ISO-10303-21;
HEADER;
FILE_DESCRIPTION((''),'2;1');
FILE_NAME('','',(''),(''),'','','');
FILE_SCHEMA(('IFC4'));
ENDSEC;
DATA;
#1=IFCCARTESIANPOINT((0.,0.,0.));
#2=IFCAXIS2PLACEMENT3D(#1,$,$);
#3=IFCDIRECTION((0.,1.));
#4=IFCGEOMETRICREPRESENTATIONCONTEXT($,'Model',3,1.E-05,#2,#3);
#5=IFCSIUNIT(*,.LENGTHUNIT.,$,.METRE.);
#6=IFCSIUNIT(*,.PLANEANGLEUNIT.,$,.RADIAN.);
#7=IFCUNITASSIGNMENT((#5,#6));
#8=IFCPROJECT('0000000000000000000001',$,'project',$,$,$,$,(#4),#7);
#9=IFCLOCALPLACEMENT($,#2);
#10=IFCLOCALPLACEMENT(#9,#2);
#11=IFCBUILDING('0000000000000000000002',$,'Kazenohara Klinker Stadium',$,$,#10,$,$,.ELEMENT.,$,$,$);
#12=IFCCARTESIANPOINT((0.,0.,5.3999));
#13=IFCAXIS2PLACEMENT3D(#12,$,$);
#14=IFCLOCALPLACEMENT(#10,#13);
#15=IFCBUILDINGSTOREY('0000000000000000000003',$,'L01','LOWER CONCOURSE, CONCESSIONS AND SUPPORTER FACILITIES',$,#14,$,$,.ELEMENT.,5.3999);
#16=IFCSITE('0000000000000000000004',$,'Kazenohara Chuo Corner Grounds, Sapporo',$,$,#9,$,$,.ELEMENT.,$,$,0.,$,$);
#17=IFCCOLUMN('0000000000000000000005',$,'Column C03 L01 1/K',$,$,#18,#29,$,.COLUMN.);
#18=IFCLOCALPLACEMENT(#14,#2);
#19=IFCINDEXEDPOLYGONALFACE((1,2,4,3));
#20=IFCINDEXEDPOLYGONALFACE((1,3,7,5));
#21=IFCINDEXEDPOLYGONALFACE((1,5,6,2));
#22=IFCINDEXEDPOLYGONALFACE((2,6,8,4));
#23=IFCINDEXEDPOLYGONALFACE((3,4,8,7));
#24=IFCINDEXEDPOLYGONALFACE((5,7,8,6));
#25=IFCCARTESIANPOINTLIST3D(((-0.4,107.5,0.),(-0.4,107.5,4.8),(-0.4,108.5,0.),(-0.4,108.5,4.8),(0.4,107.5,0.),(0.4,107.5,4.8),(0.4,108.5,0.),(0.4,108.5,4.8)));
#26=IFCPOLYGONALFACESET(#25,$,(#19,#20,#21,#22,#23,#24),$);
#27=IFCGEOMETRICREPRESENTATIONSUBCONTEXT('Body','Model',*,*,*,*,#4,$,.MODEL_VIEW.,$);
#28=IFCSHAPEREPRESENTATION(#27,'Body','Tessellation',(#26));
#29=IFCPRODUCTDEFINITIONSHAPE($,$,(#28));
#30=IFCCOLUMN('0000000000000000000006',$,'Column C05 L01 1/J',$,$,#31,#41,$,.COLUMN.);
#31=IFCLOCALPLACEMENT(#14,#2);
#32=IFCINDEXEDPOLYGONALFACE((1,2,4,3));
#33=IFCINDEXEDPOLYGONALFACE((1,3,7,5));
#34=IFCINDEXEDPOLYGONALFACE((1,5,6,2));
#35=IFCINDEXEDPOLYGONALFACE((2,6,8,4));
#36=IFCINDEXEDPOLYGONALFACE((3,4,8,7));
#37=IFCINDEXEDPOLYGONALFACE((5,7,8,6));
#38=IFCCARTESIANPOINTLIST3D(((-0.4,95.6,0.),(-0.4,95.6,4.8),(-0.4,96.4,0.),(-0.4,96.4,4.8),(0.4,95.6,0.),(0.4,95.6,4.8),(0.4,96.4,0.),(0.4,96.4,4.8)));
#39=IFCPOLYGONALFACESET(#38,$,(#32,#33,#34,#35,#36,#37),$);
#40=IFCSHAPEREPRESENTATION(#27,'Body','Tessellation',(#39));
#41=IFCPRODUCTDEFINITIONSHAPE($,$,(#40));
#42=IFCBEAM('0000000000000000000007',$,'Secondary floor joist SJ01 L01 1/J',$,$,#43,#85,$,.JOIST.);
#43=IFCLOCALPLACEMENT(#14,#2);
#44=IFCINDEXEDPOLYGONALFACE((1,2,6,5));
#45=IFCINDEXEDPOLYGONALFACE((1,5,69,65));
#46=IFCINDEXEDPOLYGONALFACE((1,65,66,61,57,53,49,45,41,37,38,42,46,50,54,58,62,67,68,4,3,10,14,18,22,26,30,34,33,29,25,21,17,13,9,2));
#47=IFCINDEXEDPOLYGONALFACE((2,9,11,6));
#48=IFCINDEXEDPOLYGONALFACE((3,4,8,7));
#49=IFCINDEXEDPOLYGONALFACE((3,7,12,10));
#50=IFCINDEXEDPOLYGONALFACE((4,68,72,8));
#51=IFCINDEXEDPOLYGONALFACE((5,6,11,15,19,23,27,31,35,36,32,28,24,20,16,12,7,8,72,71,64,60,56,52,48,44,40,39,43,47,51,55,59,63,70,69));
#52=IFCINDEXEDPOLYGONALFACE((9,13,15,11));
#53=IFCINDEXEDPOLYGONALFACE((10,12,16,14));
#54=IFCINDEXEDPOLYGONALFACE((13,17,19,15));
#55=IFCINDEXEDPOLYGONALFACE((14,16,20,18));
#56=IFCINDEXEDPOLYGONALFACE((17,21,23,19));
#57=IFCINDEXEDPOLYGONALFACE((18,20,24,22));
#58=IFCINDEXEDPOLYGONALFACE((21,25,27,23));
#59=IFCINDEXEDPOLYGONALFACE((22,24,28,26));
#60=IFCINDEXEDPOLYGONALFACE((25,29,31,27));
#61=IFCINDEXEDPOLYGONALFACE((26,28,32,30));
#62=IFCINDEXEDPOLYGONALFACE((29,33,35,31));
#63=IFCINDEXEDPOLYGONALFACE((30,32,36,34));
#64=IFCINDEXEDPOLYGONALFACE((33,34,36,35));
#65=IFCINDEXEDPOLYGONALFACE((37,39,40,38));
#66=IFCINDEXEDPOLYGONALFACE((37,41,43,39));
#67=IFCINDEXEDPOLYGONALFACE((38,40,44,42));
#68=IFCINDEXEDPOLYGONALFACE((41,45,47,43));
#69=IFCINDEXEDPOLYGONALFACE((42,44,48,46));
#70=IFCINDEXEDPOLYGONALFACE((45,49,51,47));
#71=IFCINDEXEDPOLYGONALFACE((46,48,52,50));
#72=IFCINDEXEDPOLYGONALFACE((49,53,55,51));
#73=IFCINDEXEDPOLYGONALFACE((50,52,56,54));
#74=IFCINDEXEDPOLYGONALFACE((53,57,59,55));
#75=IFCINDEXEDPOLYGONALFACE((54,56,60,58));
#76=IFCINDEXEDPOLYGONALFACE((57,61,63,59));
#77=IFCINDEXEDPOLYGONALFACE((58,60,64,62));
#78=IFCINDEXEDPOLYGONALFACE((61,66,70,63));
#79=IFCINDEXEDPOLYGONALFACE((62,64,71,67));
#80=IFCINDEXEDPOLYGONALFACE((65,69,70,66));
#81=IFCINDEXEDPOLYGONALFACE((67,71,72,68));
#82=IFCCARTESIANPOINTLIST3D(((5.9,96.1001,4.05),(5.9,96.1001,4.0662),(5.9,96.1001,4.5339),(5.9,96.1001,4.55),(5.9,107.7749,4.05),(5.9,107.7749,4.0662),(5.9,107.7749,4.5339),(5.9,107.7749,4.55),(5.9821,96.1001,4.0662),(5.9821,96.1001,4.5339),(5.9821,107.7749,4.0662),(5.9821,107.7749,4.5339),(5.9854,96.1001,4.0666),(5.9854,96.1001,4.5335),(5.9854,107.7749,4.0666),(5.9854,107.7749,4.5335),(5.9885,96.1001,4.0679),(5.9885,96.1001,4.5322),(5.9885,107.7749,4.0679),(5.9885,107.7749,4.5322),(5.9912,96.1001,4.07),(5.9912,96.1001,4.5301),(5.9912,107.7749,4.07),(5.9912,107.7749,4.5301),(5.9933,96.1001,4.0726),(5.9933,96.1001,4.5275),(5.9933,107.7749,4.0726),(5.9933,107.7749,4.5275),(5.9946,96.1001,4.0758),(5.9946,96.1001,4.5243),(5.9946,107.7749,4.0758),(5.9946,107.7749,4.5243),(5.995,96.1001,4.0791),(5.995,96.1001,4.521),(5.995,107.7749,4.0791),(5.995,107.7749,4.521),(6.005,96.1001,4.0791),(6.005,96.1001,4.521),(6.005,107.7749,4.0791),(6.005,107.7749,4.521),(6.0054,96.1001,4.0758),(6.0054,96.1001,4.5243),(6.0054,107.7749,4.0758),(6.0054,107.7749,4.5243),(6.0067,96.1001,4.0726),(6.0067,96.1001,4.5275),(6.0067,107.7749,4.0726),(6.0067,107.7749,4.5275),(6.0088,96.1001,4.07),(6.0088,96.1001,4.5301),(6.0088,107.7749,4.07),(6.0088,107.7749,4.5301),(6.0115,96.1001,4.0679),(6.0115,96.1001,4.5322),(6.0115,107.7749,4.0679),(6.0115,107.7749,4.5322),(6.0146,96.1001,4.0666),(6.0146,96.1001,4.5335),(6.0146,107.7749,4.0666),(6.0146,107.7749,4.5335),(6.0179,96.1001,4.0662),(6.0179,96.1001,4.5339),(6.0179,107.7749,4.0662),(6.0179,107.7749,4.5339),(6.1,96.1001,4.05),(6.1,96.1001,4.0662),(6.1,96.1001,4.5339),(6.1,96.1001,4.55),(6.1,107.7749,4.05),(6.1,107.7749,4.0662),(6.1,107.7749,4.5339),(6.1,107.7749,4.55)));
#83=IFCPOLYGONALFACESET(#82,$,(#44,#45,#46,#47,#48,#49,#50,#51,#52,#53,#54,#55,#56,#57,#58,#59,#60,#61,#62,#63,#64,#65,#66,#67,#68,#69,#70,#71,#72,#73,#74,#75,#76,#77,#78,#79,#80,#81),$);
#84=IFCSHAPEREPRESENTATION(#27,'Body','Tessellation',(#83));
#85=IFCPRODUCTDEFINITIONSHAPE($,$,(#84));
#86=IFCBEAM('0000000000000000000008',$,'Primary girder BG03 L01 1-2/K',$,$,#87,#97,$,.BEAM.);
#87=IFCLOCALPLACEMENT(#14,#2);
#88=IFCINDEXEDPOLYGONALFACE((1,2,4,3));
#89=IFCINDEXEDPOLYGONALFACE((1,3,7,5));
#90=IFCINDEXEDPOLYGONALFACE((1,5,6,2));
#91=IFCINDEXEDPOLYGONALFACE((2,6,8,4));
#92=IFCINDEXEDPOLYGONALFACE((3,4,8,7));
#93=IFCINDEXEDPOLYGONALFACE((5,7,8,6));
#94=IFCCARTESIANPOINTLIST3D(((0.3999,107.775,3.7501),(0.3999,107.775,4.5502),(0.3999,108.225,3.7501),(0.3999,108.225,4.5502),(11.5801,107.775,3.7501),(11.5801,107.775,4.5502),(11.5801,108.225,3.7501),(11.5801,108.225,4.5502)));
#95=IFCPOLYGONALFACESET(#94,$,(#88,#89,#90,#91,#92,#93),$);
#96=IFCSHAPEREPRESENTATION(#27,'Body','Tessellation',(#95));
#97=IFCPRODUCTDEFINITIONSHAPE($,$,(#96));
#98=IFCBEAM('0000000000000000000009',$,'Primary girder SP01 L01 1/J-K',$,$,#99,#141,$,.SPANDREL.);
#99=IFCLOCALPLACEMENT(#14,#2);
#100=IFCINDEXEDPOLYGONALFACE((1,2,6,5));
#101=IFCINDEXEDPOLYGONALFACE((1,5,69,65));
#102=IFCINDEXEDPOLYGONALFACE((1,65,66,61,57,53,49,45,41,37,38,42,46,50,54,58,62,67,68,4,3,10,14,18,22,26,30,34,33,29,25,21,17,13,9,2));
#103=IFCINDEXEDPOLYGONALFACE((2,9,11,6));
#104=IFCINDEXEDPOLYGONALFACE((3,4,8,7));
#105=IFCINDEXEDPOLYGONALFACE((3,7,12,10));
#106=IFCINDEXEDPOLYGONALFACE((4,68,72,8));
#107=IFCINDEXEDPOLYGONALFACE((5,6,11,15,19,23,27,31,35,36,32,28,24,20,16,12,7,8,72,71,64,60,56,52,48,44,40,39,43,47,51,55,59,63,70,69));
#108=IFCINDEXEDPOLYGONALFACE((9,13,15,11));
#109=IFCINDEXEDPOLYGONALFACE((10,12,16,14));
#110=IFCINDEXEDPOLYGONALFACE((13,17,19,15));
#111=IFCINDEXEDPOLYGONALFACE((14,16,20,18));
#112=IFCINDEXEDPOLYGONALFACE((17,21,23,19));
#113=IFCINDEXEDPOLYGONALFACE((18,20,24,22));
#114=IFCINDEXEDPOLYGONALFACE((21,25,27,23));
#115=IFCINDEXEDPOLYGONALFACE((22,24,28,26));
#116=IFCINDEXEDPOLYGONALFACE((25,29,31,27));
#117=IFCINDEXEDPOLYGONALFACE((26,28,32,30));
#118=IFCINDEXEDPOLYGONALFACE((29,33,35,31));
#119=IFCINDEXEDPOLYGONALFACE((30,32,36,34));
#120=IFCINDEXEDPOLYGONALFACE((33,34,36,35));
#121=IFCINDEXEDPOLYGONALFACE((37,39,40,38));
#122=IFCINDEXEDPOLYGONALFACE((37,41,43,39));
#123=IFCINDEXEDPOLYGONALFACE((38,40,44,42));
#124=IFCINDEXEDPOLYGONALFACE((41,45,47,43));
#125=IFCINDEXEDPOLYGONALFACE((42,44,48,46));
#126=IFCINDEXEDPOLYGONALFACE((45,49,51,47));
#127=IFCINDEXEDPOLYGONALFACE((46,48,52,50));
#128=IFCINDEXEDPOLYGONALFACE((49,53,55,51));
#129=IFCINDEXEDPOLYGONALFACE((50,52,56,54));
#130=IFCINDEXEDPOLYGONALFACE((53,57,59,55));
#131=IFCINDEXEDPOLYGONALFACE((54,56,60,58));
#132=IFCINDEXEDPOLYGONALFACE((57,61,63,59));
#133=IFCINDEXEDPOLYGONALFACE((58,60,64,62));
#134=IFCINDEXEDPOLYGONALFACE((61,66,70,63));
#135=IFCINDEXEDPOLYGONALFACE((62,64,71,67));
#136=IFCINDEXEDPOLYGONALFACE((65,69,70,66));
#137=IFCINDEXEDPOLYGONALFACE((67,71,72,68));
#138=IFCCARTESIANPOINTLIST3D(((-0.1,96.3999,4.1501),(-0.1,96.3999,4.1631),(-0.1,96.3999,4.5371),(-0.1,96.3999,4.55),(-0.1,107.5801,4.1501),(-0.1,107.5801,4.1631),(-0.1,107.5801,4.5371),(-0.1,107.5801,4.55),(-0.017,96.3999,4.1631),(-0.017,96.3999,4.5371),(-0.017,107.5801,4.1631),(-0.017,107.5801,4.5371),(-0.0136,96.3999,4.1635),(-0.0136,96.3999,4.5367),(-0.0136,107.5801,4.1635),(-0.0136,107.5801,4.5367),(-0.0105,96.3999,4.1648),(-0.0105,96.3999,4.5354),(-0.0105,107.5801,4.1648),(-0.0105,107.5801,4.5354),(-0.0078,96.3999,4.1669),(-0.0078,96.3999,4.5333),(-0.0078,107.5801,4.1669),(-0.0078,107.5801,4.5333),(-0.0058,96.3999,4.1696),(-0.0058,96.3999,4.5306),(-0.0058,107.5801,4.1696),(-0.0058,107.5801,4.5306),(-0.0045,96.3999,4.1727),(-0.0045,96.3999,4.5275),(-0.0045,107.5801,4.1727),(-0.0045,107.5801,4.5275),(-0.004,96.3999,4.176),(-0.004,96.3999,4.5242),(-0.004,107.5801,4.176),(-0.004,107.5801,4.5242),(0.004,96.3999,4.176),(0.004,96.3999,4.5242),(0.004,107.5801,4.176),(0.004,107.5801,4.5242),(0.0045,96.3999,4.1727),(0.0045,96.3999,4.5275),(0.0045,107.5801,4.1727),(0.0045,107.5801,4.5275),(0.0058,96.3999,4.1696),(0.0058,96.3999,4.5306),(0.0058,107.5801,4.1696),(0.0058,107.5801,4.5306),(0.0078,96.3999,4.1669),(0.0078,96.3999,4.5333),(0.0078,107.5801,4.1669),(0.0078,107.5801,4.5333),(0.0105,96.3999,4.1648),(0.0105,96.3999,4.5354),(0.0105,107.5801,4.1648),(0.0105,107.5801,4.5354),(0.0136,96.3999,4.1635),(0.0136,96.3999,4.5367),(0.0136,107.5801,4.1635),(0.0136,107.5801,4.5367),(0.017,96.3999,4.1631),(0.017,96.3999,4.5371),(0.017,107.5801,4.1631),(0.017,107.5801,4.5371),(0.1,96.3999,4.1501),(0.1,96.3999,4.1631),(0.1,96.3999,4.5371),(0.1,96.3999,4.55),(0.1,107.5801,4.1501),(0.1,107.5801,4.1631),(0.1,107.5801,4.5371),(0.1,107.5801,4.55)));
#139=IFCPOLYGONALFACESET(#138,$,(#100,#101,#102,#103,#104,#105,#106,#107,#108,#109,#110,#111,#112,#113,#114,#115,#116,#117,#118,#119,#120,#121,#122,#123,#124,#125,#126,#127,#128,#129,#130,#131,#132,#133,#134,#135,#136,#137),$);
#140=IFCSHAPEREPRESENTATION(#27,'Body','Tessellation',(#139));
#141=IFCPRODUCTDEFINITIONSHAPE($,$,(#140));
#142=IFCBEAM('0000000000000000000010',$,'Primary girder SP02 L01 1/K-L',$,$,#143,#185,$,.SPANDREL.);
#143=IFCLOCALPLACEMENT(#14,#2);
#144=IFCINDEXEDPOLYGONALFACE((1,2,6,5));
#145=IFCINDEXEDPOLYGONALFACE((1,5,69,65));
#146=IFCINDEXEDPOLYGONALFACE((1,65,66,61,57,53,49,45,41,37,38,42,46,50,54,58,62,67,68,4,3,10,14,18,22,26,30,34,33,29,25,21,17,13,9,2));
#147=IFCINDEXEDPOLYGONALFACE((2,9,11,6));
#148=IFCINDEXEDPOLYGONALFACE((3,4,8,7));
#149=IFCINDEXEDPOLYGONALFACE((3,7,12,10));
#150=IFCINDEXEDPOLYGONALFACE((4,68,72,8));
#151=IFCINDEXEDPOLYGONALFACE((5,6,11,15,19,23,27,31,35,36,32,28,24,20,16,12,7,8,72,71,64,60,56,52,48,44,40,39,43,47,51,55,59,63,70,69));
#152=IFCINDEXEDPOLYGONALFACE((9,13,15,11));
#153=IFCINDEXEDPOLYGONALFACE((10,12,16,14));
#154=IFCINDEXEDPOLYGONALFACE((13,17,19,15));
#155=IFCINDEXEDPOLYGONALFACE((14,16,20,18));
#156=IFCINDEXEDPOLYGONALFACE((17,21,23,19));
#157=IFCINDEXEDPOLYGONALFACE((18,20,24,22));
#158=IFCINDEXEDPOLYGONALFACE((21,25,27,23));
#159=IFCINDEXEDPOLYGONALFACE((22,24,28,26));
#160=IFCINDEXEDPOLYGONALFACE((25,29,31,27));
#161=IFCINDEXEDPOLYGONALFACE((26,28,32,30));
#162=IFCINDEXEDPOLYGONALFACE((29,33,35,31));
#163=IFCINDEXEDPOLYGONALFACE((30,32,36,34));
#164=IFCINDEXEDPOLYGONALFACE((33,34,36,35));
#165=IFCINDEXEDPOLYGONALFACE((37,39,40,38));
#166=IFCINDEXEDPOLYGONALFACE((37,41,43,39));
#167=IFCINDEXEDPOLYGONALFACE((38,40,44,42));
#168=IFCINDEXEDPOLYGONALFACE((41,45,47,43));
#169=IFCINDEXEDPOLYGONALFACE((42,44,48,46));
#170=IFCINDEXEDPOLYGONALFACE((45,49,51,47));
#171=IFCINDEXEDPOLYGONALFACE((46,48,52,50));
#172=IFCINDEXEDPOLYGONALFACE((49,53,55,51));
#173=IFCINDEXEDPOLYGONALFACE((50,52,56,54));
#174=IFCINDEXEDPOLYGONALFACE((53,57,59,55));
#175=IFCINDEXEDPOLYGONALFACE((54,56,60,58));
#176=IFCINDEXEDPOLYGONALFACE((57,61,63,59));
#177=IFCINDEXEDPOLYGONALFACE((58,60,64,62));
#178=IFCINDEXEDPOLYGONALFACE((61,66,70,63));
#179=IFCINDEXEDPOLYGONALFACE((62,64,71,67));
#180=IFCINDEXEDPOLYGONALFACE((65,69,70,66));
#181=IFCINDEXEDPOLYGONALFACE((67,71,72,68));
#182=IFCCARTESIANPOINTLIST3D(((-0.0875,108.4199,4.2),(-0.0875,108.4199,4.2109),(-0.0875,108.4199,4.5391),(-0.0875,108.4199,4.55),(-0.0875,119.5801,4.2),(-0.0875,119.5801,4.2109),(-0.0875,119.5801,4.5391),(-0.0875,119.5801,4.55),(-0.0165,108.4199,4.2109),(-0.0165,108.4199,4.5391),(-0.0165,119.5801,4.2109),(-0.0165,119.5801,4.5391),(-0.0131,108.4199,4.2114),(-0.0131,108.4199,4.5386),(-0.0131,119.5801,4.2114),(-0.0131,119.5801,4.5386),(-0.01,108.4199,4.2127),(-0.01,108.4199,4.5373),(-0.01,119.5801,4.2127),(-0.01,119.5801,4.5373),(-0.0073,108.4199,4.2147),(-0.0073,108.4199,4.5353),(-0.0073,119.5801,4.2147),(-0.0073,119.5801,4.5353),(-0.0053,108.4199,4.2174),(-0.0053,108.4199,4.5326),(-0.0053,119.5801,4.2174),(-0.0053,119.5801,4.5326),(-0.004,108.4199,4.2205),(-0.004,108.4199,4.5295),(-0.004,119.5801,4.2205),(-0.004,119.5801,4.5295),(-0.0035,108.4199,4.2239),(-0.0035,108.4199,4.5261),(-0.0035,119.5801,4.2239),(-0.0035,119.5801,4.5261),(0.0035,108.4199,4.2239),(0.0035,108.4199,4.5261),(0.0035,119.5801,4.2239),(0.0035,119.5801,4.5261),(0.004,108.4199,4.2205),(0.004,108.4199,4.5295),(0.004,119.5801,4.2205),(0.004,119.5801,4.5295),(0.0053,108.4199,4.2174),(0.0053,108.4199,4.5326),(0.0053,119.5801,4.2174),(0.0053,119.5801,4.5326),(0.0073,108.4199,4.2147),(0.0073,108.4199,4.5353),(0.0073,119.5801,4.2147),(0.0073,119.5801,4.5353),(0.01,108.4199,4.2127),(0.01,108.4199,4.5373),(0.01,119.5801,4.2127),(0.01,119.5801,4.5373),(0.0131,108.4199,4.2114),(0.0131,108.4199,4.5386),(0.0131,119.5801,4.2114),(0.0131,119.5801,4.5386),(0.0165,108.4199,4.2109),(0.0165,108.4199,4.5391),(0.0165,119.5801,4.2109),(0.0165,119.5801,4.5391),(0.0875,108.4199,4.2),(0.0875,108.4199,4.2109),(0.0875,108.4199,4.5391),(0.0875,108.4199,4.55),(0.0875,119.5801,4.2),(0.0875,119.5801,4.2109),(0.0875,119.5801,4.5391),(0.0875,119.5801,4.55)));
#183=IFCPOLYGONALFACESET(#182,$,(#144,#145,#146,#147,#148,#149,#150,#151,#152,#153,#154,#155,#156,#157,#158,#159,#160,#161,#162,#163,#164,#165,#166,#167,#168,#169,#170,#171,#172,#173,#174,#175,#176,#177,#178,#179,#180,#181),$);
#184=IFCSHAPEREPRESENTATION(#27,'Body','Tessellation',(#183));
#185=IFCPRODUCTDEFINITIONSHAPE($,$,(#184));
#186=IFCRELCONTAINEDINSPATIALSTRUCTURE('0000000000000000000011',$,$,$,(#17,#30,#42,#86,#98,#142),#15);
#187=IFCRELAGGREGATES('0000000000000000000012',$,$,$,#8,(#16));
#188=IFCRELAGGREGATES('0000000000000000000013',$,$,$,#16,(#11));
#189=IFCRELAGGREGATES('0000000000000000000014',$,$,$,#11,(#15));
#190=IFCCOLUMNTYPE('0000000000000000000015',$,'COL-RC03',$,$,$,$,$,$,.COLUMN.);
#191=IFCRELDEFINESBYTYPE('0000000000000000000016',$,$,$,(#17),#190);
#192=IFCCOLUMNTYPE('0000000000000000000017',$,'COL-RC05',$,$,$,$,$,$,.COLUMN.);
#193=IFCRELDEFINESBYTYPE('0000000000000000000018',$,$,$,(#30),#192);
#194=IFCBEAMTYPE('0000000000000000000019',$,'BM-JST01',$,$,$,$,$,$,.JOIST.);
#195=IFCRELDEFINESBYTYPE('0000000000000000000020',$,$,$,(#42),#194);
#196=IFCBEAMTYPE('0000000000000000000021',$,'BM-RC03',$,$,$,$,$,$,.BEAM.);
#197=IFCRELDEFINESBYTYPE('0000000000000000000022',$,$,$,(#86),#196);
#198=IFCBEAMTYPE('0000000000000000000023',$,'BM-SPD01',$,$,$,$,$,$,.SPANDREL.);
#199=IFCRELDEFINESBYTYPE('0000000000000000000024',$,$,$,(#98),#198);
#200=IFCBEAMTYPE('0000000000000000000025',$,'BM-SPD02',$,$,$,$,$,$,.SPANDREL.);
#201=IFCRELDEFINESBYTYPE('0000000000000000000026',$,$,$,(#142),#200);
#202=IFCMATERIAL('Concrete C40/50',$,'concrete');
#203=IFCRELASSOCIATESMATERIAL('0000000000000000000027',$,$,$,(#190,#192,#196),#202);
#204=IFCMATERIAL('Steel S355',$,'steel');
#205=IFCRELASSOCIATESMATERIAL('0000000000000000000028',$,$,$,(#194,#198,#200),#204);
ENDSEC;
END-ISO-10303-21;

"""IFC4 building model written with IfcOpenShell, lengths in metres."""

from ifc_helpers import new_model, si_unit, direction, frame, origin, origin_2d, place, context, subcontext, project, spatial, rectangle, i_section, extrude, material, material_profile, profile_set, type_object, element, save


model = new_model("IFC4")

# Units and contexts
model_context = context("Model", 3, precision=1e-05, world=origin(), true_north=direction((0.0, 1.0)))
body_context = subcontext(model_context, "Body", "Model", "MODEL_VIEW")
ifc_project = project(units=[si_unit("LENGTHUNIT", "METRE"), si_unit("PLANEANGLEUNIT", "RADIAN")], contexts=[model_context])

# Site, building, storey
site_placement = place(None, origin())
site = spatial("IfcSite", under=ifc_project, at=site_placement, Name="Kazenohara Chuo Corner Grounds, Sapporo", CompositionType="ELEMENT", RefElevation=0.0)
building_placement = place(site_placement, origin())
building = spatial("IfcBuilding", under=site, at=building_placement, Name="Kazenohara Klinker Stadium", CompositionType="ELEMENT")
storey_placement = place(building_placement, frame((0.0, 0.0, 5.3999)))
storey = spatial("IfcBuildingStorey", under=building, at=storey_placement, Name="L01", Description="LOWER CONCOURSE, CONCESSIONS AND SUPPORTER FACILITIES", CompositionType="ELEMENT", Elevation=5.3999)

# Columns
ifc_material_1 = material(Name="Concrete C40/50", Category="concrete")
ifc_material_profile_1 = material_profile(ifc_material_1, rectangle(XDim=0.8, YDim=1.0, at=origin_2d()), Name="RC-COL-1000x800")
ifc_profile_set_1 = profile_set([ifc_material_profile_1], Name="Concrete C40/50")
column_type_1 = type_object("IfcColumnType", Name="COL-RC03", PredefinedType="COLUMN", material=ifc_profile_set_1)
column_1_placement = place(storey_placement, frame((0.0, 108.0, 0.0), z_axis=(0.0, 0.0, 1.0), x_axis=(1.0, 0.0, 0.0)))
element("IfcColumn", 1, at=column_1_placement, inside=storey, type_object=column_type_1, Name="Column C03 L01 1/K", PredefinedType="COLUMN", context=body_context, shape_type="SweptSolid", body=[
    extrude(rectangle(XDim=0.8, YDim=1.0, at=origin_2d()), origin(), (0.0, 0.0, 1.0), 4.8),
])
ifc_material_profile_2 = material_profile(ifc_material_1, rectangle(XDim=0.8, YDim=0.8, at=origin_2d()), Name="RC-COL-800x800")
ifc_profile_set_2 = profile_set([ifc_material_profile_2], Name="Concrete C40/50")
column_type_2 = type_object("IfcColumnType", Name="COL-RC05", PredefinedType="COLUMN", material=ifc_profile_set_2)
column_2_placement = place(storey_placement, frame((0.0, 96.0, 0.0), z_axis=(0.0, 0.0, 1.0), x_axis=(1.0, 0.0, 0.0)))
element("IfcColumn", 2, at=column_2_placement, inside=storey, type_object=column_type_2, Name="Column C05 L01 1/J", PredefinedType="COLUMN", context=body_context, shape_type="SweptSolid", body=[
    extrude(rectangle(XDim=0.8, YDim=0.8, at=origin_2d()), origin(), (0.0, 0.0, 1.0), 4.8),
])

# Beams
ifc_material_2 = material(Name="Steel S355", Category="steel")
ifc_material_profile_3 = material_profile(ifc_material_2, i_section(OverallWidth=0.2, OverallDepth=0.5, WebThickness=0.01, FlangeThickness=0.0161, FilletRadius=0.0129, at=origin_2d()), Name="H-500x200x10x16")
ifc_profile_set_3 = profile_set([ifc_material_profile_3], Name="Steel S355")
beam_type_1 = type_object("IfcBeamType", Name="BM-JST01", PredefinedType="JOIST", material=ifc_profile_set_3)
beam_1_placement = place(storey_placement, frame((6.0, 96.1001, 4.3), z_axis=(0.0, 1.0, 0.0), x_axis=(-1.0, 0.0, 0.0)))
element("IfcBeam", 3, at=beam_1_placement, inside=storey, type_object=beam_type_1, Name="Secondary floor joist SJ01 L01 1/J", PredefinedType="JOIST", context=body_context, shape_type="SweptSolid", body=[
    extrude(i_section(OverallWidth=0.2, OverallDepth=0.5, WebThickness=0.01, FlangeThickness=0.0161, FilletRadius=0.0129, at=origin_2d()), origin(), (0.0, 0.0, 1.0), 11.6748),
])
ifc_material_profile_4 = material_profile(ifc_material_1, rectangle(XDim=0.45, YDim=0.8, at=origin_2d()), Name="RC-BM-450x800")
ifc_profile_set_4 = profile_set([ifc_material_profile_4], Name="Concrete C40/50")
beam_type_2 = type_object("IfcBeamType", Name="BM-RC03", PredefinedType="BEAM", material=ifc_profile_set_4)
beam_2_placement = place(storey_placement, frame((0.3999, 108.0, 4.1501), z_axis=(1.0, 0.0, 0.0), x_axis=(0.0, 1.0, 0.0)))
element("IfcBeam", 4, at=beam_2_placement, inside=storey, type_object=beam_type_2, Name="Primary girder BG03 L01 1-2/K", PredefinedType="BEAM", context=body_context, shape_type="SweptSolid", body=[
    extrude(rectangle(XDim=0.45, YDim=0.8, at=origin_2d()), origin(), (0.0, 0.0, 1.0), 11.1802),
])
ifc_material_profile_5 = material_profile(ifc_material_2, i_section(OverallWidth=0.2, OverallDepth=0.3999, WebThickness=0.0081, FlangeThickness=0.0129, FilletRadius=0.0129, at=origin_2d()), Name="H-400x200x8x13")
ifc_profile_set_5 = profile_set([ifc_material_profile_5], Name="Steel S355")
beam_type_3 = type_object("IfcBeamType", Name="BM-SPD01", PredefinedType="SPANDREL", material=ifc_profile_set_5)
beam_3_placement = place(storey_placement, frame((0.0, 96.3999, 4.3501), z_axis=(0.0, 1.0, 0.0), x_axis=(-1.0, 0.0, 0.0)))
element("IfcBeam", 5, at=beam_3_placement, inside=storey, type_object=beam_type_3, Name="Primary girder SP01 L01 1/J-K", PredefinedType="SPANDREL", context=body_context, shape_type="SweptSolid", body=[
    extrude(i_section(OverallWidth=0.2, OverallDepth=0.3999, WebThickness=0.0081, FlangeThickness=0.0129, FilletRadius=0.0129, at=origin_2d()), origin(), (0.0, 0.0, 1.0), 11.1802),
])
ifc_material_profile_6 = material_profile(ifc_material_2, i_section(OverallWidth=0.175, OverallDepth=0.3501, WebThickness=0.0071, FlangeThickness=0.011, FilletRadius=0.0129, at=origin_2d()), Name="H-350x175x7x11")
ifc_profile_set_6 = profile_set([ifc_material_profile_6], Name="Steel S355")
beam_type_4 = type_object("IfcBeamType", Name="BM-SPD02", PredefinedType="SPANDREL", material=ifc_profile_set_6)
beam_4_placement = place(storey_placement, frame((0.0, 108.4199, 4.375), z_axis=(0.0, 1.0, 0.0), x_axis=(-1.0, 0.0, 0.0)))
element("IfcBeam", 6, at=beam_4_placement, inside=storey, type_object=beam_type_4, Name="Primary girder SP02 L01 1/K-L", PredefinedType="SPANDREL", context=body_context, shape_type="SweptSolid", body=[
    extrude(i_section(OverallWidth=0.175, OverallDepth=0.3501, WebThickness=0.0071, FlangeThickness=0.011, FilletRadius=0.0129, at=origin_2d()), origin(), (0.0, 0.0, 1.0), 11.1602),
])

save(model, "model.ifc")
